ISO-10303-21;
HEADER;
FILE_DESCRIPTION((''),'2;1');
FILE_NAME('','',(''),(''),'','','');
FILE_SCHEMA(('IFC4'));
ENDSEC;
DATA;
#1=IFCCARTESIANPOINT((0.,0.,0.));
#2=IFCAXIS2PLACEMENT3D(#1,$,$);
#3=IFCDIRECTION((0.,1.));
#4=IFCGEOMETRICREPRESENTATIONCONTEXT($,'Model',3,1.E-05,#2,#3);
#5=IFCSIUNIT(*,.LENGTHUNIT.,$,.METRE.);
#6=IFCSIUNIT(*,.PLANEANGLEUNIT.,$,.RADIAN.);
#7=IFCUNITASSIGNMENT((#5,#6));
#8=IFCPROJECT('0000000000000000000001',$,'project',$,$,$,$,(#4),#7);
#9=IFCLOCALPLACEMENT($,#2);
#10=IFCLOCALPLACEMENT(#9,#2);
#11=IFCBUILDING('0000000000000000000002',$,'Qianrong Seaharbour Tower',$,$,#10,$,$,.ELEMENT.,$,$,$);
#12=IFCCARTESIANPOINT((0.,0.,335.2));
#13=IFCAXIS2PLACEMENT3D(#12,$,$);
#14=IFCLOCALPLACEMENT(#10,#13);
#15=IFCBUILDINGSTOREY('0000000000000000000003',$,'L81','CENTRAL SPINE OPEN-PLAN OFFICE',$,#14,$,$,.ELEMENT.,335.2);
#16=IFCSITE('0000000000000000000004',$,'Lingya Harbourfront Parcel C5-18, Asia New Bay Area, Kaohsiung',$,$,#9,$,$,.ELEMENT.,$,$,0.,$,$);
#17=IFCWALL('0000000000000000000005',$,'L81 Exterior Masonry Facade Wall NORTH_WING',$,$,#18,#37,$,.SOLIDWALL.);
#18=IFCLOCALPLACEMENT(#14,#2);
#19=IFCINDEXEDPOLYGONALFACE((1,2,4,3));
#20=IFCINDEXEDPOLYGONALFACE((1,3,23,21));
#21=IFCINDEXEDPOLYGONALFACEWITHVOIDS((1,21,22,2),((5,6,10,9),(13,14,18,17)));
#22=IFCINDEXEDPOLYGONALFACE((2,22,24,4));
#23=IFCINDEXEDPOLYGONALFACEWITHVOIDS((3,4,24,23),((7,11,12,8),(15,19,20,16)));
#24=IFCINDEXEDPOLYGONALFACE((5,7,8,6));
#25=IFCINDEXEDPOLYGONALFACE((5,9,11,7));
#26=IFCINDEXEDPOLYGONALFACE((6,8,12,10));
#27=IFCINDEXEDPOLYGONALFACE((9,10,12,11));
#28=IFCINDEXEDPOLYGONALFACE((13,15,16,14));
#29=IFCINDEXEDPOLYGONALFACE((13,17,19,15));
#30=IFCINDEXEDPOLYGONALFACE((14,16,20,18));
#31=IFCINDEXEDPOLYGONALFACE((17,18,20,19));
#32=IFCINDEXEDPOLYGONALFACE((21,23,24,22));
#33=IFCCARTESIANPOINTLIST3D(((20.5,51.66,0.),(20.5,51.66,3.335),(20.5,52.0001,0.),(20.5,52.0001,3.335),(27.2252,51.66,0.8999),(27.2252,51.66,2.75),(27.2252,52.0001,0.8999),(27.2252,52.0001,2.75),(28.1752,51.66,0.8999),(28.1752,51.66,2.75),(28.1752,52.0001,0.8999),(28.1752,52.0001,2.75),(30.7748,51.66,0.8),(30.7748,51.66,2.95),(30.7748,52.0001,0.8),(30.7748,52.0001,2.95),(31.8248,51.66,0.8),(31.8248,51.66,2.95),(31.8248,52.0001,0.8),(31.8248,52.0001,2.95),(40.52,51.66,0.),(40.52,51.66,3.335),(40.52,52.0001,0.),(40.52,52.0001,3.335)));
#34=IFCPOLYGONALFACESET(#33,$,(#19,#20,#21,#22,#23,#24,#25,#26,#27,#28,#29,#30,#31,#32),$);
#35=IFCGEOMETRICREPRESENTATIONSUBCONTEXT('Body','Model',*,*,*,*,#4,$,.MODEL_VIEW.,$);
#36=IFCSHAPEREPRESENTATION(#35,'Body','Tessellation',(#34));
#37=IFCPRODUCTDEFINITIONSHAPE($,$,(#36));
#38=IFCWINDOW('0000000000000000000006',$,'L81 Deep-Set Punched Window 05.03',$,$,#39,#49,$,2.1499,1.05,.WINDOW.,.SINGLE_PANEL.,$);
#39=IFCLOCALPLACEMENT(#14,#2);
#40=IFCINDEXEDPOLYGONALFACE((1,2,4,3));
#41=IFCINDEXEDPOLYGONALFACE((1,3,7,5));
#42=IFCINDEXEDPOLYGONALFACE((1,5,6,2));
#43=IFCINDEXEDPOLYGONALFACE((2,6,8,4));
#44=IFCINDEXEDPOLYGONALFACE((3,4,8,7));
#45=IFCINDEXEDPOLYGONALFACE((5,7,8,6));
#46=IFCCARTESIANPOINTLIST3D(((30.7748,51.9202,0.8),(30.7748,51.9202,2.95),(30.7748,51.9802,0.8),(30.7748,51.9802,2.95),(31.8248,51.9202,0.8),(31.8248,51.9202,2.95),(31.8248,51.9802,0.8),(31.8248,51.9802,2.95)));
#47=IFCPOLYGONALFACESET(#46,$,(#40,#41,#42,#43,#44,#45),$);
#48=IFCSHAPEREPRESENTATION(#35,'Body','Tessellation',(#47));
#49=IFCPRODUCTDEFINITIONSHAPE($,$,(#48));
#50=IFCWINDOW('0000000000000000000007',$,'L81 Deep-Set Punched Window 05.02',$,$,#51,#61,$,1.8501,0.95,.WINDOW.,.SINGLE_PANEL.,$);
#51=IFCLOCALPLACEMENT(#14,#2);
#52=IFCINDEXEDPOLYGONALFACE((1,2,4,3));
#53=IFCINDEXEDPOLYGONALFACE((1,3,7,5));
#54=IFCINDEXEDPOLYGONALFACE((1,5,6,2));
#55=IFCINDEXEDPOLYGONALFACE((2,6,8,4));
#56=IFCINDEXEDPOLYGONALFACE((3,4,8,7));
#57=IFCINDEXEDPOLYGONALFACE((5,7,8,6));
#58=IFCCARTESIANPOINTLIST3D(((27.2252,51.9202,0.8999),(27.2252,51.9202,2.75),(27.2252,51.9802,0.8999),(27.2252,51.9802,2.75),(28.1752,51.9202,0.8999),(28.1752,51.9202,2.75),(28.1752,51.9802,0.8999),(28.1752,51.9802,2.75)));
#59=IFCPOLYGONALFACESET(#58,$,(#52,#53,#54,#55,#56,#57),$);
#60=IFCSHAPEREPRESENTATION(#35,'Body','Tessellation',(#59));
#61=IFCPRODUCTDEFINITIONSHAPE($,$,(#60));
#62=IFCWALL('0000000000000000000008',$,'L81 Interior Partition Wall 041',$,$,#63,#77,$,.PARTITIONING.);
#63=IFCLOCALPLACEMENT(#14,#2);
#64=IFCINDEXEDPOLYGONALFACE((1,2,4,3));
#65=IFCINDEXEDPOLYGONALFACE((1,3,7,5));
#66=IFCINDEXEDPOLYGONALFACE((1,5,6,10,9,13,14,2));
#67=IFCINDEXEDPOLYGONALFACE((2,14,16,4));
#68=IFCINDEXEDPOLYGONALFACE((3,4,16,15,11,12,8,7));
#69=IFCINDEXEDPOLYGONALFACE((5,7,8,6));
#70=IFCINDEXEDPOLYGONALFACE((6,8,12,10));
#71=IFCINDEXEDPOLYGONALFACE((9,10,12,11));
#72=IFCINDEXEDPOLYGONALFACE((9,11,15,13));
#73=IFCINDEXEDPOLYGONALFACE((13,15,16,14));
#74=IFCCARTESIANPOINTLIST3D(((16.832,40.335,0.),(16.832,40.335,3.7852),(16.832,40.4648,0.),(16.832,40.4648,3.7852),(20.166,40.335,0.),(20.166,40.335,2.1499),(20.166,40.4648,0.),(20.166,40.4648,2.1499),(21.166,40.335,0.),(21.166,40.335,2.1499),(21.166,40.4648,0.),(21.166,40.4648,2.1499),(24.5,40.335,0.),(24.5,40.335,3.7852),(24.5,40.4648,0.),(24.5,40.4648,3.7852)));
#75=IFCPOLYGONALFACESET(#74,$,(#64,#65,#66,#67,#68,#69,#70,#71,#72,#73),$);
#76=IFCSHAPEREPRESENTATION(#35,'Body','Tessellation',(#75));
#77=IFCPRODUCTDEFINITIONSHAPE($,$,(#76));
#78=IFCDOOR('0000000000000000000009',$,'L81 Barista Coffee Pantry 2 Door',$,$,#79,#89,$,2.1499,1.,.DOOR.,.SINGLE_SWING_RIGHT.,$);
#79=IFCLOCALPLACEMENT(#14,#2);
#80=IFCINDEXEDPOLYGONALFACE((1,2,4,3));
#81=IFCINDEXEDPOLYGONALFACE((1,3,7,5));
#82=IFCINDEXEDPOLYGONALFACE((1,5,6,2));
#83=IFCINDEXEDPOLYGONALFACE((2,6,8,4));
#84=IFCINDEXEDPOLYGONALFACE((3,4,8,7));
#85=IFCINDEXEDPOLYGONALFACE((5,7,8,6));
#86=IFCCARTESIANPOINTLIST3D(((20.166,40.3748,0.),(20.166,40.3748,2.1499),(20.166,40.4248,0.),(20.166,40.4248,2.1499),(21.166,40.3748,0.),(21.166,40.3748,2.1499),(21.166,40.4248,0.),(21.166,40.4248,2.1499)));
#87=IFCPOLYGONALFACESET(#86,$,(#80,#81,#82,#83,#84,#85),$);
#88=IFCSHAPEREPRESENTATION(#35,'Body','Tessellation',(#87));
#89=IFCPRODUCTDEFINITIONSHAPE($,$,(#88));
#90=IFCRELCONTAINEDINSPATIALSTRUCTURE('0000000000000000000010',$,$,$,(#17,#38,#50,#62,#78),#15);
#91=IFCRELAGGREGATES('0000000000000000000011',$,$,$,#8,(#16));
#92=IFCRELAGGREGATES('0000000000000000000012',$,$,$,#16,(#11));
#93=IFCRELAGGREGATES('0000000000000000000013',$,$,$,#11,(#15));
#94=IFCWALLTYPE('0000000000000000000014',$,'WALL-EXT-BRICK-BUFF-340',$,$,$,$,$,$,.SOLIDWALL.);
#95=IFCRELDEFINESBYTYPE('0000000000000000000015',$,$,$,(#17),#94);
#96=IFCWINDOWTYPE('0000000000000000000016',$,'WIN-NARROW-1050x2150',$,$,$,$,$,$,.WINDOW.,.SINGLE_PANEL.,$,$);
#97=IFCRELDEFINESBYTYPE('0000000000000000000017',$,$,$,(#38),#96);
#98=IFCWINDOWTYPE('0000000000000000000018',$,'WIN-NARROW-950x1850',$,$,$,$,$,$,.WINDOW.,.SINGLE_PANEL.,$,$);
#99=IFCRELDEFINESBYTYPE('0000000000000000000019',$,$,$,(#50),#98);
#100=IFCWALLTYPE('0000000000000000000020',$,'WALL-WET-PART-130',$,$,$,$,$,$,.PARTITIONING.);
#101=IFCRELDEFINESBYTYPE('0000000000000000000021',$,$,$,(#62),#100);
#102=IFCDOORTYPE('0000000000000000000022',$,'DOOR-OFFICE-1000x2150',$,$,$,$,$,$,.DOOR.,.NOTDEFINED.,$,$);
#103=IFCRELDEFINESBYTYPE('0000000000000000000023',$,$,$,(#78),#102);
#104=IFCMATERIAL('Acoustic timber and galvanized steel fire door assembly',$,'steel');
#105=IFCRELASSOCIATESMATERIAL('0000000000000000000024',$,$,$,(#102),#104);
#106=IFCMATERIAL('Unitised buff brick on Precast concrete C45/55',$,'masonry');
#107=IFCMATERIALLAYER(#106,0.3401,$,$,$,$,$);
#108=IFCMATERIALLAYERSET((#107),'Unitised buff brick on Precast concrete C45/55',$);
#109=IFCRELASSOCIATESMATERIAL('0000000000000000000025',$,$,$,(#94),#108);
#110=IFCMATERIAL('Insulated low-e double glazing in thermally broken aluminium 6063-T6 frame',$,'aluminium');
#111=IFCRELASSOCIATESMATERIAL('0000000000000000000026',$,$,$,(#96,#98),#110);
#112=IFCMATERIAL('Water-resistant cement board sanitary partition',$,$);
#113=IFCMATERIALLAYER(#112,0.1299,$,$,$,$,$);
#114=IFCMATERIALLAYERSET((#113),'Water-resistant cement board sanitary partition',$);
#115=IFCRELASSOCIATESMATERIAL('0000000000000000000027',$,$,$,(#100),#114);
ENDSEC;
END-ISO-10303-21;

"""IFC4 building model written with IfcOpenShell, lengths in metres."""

from ifc_helpers import new_model, si_unit, direction, frame, frame_2d, origin, place, context, subcontext, project, spatial, rectangle, extrude, material, layer, layer_set, type_object, element, fill, save


model = new_model("IFC4")

# Units and contexts
model_context = context("Model", 3, precision=1e-05, world=origin(), true_north=direction((0.0, 1.0)))
body_context = subcontext(model_context, "Body", "Model", "MODEL_VIEW")
ifc_project = project(units=[si_unit("LENGTHUNIT", "METRE"), si_unit("PLANEANGLEUNIT", "RADIAN")], contexts=[model_context])

# Site, building, storey
site_placement = place(None, origin())
site = spatial("IfcSite", under=ifc_project, at=site_placement, Name="Lingya Harbourfront Parcel C5-18, Asia New Bay Area, Kaohsiung", CompositionType="ELEMENT", RefElevation=0.0)
building_placement = place(site_placement, origin())
building = spatial("IfcBuilding", under=site, at=building_placement, Name="Qianrong Seaharbour Tower", CompositionType="ELEMENT")
storey_placement = place(building_placement, frame((0.0, 0.0, 335.2)))
storey = spatial("IfcBuildingStorey", under=building, at=storey_placement, Name="L81", Description="CENTRAL SPINE OPEN-PLAN OFFICE", CompositionType="ELEMENT", Elevation=335.2)

# Shared definitions
ifc_material_1 = material(Name="Acoustic timber and galvanized steel fire door assembly", Category="steel")
door_type = type_object("IfcDoorType", Name="DOOR-OFFICE-1000x2150", OperationType="NOTDEFINED", PredefinedType="DOOR", material=ifc_material_1)

# Shared definitions
ifc_material_2 = material(Name="Unitised buff brick on Precast concrete C45/55", Category="masonry")
ifc_layer_1 = layer(ifc_material_2, 0.3401)
ifc_layer_set_1 = layer_set([ifc_layer_1], Name="Unitised buff brick on Precast concrete C45/55")
wall_type_1 = type_object("IfcWallType", Name="WALL-EXT-BRICK-BUFF-340", PredefinedType="SOLIDWALL", material=ifc_layer_set_1)

# Wall, openings, windows
wall_1_placement = place(storey_placement, frame((20.5, 51.8301, 0.0), z_axis=(0.0, 0.0, 1.0), x_axis=(1.0, 0.0, 0.0)))
wall_1 = element("IfcWall", 1, at=wall_1_placement, inside=storey, type_object=wall_type_1, Name="L81 Exterior Masonry Facade Wall NORTH_WING", PredefinedType="SOLIDWALL", context=body_context, shape_type="SweptSolid", body=[
    extrude(rectangle(XDim=20.02, YDim=0.3401, at=frame_2d((10.01, 0.0))), origin(), (0.0, 0.0, 1.0), 3.335),
])
opening_1_placement = place(wall_1_placement, frame((6.7251, 0.0, 0.8999)))
opening_1 = element("IfcOpeningElement", 2, at=opening_1_placement, cuts=wall_1, PredefinedType="OPENING", context=body_context, shape_type="SweptSolid", body=[
    extrude(rectangle(XDim=0.95, YDim=1.8501, at=frame_2d((0.4751, 0.925))), frame((0.0, 0.1802, 0.0), z_axis=(0.0, -1.0, 0.0), x_axis=(1.0, 0.0, 0.0)), (0.0, 0.0, 1.0), 0.3601),
])
opening_2_placement = place(wall_1_placement, frame((10.2749, 0.0, 0.8)))
opening_2 = element("IfcOpeningElement", 3, at=opening_2_placement, cuts=wall_1, PredefinedType="OPENING", context=body_context, shape_type="SweptSolid", body=[
    extrude(rectangle(XDim=1.05, YDim=2.1499, at=frame_2d((0.5249, 1.075))), frame((0.0, 0.1802, 0.0), z_axis=(0.0, -1.0, 0.0), x_axis=(1.0, 0.0, 0.0)), (0.0, 0.0, 1.0), 0.3601),
])
ifc_material_3 = material(Name="Insulated low-e double glazing in thermally broken aluminium 6063-T6 frame", Category="aluminium")
window_type_1 = type_object("IfcWindowType", Name="WIN-NARROW-1050x2150", PartitioningType="SINGLE_PANEL", PredefinedType="WINDOW", material=ifc_material_3)
window_1_placement = place(opening_2_placement, origin())
window_1 = element("IfcWindow", 4, at=window_1_placement, inside=storey, type_object=window_type_1, Name="L81 Deep-Set Punched Window 05.03", OverallHeight=2.1499, OverallWidth=1.05, PartitioningType="SINGLE_PANEL", PredefinedType="WINDOW", context=body_context, shape_type="SweptSolid", body=[
    extrude(rectangle(XDim=1.05, YDim=2.1499, at=frame_2d((0.5249, 1.075))), frame((0.0, 0.1501, 0.0), z_axis=(0.0, -1.0, 0.0), x_axis=(1.0, 0.0, 0.0)), (0.0, 0.0, 1.0), 0.0601),
])
fill(opening_2, window_1)
window_type_2 = type_object("IfcWindowType", Name="WIN-NARROW-950x1850", PartitioningType="SINGLE_PANEL", PredefinedType="WINDOW", material=ifc_material_3)
window_2_placement = place(opening_1_placement, origin())
window_2 = element("IfcWindow", 5, at=window_2_placement, inside=storey, type_object=window_type_2, Name="L81 Deep-Set Punched Window 05.02", OverallHeight=1.8501, OverallWidth=0.95, PartitioningType="SINGLE_PANEL", PredefinedType="WINDOW", context=body_context, shape_type="SweptSolid", body=[
    extrude(rectangle(XDim=0.95, YDim=1.8501, at=frame_2d((0.4751, 0.925))), frame((0.0, 0.1501, 0.0), z_axis=(0.0, -1.0, 0.0), x_axis=(1.0, 0.0, 0.0)), (0.0, 0.0, 1.0), 0.0601),
])
fill(opening_1, window_2)

# Wall, opening, door
ifc_material_4 = material(Name="Water-resistant cement board sanitary partition")
ifc_layer_2 = layer(ifc_material_4, 0.1299)
ifc_layer_set_2 = layer_set([ifc_layer_2], Name="Water-resistant cement board sanitary partition")
wall_type_2 = type_object("IfcWallType", Name="WALL-WET-PART-130", PredefinedType="PARTITIONING", material=ifc_layer_set_2)
wall_2_placement = place(storey_placement, frame((16.832, 40.3999, 0.0), z_axis=(0.0, 0.0, 1.0), x_axis=(1.0, 0.0, 0.0)))
wall_2 = element("IfcWall", 6, at=wall_2_placement, inside=storey, type_object=wall_type_2, Name="L81 Interior Partition Wall 041", PredefinedType="PARTITIONING", context=body_context, shape_type="SweptSolid", body=[
    extrude(rectangle(XDim=7.668, YDim=0.1299, at=frame_2d((3.834, 0.0))), origin(), (0.0, 0.0, 1.0), 3.7852),
])
opening_3_placement = place(wall_2_placement, frame((3.334, 0.0, 0.0)))
opening_3 = element("IfcOpeningElement", 7, at=opening_3_placement, cuts=wall_2, PredefinedType="OPENING", context=body_context, shape_type="SweptSolid", body=[
    extrude(rectangle(XDim=1.0, YDim=2.1499, at=frame_2d((0.5, 1.075))), frame((0.0, 0.075, 0.0), z_axis=(0.0, -1.0, 0.0), x_axis=(1.0, 0.0, 0.0)), (0.0, 0.0, 1.0), 0.1499),
])
door_1_placement = place(opening_3_placement, origin())
door_1 = element("IfcDoor", 8, at=door_1_placement, inside=storey, type_object=door_type, Name="L81 Barista Coffee Pantry 2 Door", OperationType="SINGLE_SWING_RIGHT", OverallHeight=2.1499, OverallWidth=1.0, PredefinedType="DOOR", context=body_context, shape_type="SweptSolid", body=[
    extrude(rectangle(XDim=1.0, YDim=2.1499, at=frame_2d((0.5, 1.075))), frame((0.0, 0.0249, 0.0), z_axis=(0.0, -1.0, 0.0), x_axis=(1.0, 0.0, 0.0)), (0.0, 0.0, 1.0), 0.05),
])
fill(opening_3, door_1)

save(model, "model.ifc")
